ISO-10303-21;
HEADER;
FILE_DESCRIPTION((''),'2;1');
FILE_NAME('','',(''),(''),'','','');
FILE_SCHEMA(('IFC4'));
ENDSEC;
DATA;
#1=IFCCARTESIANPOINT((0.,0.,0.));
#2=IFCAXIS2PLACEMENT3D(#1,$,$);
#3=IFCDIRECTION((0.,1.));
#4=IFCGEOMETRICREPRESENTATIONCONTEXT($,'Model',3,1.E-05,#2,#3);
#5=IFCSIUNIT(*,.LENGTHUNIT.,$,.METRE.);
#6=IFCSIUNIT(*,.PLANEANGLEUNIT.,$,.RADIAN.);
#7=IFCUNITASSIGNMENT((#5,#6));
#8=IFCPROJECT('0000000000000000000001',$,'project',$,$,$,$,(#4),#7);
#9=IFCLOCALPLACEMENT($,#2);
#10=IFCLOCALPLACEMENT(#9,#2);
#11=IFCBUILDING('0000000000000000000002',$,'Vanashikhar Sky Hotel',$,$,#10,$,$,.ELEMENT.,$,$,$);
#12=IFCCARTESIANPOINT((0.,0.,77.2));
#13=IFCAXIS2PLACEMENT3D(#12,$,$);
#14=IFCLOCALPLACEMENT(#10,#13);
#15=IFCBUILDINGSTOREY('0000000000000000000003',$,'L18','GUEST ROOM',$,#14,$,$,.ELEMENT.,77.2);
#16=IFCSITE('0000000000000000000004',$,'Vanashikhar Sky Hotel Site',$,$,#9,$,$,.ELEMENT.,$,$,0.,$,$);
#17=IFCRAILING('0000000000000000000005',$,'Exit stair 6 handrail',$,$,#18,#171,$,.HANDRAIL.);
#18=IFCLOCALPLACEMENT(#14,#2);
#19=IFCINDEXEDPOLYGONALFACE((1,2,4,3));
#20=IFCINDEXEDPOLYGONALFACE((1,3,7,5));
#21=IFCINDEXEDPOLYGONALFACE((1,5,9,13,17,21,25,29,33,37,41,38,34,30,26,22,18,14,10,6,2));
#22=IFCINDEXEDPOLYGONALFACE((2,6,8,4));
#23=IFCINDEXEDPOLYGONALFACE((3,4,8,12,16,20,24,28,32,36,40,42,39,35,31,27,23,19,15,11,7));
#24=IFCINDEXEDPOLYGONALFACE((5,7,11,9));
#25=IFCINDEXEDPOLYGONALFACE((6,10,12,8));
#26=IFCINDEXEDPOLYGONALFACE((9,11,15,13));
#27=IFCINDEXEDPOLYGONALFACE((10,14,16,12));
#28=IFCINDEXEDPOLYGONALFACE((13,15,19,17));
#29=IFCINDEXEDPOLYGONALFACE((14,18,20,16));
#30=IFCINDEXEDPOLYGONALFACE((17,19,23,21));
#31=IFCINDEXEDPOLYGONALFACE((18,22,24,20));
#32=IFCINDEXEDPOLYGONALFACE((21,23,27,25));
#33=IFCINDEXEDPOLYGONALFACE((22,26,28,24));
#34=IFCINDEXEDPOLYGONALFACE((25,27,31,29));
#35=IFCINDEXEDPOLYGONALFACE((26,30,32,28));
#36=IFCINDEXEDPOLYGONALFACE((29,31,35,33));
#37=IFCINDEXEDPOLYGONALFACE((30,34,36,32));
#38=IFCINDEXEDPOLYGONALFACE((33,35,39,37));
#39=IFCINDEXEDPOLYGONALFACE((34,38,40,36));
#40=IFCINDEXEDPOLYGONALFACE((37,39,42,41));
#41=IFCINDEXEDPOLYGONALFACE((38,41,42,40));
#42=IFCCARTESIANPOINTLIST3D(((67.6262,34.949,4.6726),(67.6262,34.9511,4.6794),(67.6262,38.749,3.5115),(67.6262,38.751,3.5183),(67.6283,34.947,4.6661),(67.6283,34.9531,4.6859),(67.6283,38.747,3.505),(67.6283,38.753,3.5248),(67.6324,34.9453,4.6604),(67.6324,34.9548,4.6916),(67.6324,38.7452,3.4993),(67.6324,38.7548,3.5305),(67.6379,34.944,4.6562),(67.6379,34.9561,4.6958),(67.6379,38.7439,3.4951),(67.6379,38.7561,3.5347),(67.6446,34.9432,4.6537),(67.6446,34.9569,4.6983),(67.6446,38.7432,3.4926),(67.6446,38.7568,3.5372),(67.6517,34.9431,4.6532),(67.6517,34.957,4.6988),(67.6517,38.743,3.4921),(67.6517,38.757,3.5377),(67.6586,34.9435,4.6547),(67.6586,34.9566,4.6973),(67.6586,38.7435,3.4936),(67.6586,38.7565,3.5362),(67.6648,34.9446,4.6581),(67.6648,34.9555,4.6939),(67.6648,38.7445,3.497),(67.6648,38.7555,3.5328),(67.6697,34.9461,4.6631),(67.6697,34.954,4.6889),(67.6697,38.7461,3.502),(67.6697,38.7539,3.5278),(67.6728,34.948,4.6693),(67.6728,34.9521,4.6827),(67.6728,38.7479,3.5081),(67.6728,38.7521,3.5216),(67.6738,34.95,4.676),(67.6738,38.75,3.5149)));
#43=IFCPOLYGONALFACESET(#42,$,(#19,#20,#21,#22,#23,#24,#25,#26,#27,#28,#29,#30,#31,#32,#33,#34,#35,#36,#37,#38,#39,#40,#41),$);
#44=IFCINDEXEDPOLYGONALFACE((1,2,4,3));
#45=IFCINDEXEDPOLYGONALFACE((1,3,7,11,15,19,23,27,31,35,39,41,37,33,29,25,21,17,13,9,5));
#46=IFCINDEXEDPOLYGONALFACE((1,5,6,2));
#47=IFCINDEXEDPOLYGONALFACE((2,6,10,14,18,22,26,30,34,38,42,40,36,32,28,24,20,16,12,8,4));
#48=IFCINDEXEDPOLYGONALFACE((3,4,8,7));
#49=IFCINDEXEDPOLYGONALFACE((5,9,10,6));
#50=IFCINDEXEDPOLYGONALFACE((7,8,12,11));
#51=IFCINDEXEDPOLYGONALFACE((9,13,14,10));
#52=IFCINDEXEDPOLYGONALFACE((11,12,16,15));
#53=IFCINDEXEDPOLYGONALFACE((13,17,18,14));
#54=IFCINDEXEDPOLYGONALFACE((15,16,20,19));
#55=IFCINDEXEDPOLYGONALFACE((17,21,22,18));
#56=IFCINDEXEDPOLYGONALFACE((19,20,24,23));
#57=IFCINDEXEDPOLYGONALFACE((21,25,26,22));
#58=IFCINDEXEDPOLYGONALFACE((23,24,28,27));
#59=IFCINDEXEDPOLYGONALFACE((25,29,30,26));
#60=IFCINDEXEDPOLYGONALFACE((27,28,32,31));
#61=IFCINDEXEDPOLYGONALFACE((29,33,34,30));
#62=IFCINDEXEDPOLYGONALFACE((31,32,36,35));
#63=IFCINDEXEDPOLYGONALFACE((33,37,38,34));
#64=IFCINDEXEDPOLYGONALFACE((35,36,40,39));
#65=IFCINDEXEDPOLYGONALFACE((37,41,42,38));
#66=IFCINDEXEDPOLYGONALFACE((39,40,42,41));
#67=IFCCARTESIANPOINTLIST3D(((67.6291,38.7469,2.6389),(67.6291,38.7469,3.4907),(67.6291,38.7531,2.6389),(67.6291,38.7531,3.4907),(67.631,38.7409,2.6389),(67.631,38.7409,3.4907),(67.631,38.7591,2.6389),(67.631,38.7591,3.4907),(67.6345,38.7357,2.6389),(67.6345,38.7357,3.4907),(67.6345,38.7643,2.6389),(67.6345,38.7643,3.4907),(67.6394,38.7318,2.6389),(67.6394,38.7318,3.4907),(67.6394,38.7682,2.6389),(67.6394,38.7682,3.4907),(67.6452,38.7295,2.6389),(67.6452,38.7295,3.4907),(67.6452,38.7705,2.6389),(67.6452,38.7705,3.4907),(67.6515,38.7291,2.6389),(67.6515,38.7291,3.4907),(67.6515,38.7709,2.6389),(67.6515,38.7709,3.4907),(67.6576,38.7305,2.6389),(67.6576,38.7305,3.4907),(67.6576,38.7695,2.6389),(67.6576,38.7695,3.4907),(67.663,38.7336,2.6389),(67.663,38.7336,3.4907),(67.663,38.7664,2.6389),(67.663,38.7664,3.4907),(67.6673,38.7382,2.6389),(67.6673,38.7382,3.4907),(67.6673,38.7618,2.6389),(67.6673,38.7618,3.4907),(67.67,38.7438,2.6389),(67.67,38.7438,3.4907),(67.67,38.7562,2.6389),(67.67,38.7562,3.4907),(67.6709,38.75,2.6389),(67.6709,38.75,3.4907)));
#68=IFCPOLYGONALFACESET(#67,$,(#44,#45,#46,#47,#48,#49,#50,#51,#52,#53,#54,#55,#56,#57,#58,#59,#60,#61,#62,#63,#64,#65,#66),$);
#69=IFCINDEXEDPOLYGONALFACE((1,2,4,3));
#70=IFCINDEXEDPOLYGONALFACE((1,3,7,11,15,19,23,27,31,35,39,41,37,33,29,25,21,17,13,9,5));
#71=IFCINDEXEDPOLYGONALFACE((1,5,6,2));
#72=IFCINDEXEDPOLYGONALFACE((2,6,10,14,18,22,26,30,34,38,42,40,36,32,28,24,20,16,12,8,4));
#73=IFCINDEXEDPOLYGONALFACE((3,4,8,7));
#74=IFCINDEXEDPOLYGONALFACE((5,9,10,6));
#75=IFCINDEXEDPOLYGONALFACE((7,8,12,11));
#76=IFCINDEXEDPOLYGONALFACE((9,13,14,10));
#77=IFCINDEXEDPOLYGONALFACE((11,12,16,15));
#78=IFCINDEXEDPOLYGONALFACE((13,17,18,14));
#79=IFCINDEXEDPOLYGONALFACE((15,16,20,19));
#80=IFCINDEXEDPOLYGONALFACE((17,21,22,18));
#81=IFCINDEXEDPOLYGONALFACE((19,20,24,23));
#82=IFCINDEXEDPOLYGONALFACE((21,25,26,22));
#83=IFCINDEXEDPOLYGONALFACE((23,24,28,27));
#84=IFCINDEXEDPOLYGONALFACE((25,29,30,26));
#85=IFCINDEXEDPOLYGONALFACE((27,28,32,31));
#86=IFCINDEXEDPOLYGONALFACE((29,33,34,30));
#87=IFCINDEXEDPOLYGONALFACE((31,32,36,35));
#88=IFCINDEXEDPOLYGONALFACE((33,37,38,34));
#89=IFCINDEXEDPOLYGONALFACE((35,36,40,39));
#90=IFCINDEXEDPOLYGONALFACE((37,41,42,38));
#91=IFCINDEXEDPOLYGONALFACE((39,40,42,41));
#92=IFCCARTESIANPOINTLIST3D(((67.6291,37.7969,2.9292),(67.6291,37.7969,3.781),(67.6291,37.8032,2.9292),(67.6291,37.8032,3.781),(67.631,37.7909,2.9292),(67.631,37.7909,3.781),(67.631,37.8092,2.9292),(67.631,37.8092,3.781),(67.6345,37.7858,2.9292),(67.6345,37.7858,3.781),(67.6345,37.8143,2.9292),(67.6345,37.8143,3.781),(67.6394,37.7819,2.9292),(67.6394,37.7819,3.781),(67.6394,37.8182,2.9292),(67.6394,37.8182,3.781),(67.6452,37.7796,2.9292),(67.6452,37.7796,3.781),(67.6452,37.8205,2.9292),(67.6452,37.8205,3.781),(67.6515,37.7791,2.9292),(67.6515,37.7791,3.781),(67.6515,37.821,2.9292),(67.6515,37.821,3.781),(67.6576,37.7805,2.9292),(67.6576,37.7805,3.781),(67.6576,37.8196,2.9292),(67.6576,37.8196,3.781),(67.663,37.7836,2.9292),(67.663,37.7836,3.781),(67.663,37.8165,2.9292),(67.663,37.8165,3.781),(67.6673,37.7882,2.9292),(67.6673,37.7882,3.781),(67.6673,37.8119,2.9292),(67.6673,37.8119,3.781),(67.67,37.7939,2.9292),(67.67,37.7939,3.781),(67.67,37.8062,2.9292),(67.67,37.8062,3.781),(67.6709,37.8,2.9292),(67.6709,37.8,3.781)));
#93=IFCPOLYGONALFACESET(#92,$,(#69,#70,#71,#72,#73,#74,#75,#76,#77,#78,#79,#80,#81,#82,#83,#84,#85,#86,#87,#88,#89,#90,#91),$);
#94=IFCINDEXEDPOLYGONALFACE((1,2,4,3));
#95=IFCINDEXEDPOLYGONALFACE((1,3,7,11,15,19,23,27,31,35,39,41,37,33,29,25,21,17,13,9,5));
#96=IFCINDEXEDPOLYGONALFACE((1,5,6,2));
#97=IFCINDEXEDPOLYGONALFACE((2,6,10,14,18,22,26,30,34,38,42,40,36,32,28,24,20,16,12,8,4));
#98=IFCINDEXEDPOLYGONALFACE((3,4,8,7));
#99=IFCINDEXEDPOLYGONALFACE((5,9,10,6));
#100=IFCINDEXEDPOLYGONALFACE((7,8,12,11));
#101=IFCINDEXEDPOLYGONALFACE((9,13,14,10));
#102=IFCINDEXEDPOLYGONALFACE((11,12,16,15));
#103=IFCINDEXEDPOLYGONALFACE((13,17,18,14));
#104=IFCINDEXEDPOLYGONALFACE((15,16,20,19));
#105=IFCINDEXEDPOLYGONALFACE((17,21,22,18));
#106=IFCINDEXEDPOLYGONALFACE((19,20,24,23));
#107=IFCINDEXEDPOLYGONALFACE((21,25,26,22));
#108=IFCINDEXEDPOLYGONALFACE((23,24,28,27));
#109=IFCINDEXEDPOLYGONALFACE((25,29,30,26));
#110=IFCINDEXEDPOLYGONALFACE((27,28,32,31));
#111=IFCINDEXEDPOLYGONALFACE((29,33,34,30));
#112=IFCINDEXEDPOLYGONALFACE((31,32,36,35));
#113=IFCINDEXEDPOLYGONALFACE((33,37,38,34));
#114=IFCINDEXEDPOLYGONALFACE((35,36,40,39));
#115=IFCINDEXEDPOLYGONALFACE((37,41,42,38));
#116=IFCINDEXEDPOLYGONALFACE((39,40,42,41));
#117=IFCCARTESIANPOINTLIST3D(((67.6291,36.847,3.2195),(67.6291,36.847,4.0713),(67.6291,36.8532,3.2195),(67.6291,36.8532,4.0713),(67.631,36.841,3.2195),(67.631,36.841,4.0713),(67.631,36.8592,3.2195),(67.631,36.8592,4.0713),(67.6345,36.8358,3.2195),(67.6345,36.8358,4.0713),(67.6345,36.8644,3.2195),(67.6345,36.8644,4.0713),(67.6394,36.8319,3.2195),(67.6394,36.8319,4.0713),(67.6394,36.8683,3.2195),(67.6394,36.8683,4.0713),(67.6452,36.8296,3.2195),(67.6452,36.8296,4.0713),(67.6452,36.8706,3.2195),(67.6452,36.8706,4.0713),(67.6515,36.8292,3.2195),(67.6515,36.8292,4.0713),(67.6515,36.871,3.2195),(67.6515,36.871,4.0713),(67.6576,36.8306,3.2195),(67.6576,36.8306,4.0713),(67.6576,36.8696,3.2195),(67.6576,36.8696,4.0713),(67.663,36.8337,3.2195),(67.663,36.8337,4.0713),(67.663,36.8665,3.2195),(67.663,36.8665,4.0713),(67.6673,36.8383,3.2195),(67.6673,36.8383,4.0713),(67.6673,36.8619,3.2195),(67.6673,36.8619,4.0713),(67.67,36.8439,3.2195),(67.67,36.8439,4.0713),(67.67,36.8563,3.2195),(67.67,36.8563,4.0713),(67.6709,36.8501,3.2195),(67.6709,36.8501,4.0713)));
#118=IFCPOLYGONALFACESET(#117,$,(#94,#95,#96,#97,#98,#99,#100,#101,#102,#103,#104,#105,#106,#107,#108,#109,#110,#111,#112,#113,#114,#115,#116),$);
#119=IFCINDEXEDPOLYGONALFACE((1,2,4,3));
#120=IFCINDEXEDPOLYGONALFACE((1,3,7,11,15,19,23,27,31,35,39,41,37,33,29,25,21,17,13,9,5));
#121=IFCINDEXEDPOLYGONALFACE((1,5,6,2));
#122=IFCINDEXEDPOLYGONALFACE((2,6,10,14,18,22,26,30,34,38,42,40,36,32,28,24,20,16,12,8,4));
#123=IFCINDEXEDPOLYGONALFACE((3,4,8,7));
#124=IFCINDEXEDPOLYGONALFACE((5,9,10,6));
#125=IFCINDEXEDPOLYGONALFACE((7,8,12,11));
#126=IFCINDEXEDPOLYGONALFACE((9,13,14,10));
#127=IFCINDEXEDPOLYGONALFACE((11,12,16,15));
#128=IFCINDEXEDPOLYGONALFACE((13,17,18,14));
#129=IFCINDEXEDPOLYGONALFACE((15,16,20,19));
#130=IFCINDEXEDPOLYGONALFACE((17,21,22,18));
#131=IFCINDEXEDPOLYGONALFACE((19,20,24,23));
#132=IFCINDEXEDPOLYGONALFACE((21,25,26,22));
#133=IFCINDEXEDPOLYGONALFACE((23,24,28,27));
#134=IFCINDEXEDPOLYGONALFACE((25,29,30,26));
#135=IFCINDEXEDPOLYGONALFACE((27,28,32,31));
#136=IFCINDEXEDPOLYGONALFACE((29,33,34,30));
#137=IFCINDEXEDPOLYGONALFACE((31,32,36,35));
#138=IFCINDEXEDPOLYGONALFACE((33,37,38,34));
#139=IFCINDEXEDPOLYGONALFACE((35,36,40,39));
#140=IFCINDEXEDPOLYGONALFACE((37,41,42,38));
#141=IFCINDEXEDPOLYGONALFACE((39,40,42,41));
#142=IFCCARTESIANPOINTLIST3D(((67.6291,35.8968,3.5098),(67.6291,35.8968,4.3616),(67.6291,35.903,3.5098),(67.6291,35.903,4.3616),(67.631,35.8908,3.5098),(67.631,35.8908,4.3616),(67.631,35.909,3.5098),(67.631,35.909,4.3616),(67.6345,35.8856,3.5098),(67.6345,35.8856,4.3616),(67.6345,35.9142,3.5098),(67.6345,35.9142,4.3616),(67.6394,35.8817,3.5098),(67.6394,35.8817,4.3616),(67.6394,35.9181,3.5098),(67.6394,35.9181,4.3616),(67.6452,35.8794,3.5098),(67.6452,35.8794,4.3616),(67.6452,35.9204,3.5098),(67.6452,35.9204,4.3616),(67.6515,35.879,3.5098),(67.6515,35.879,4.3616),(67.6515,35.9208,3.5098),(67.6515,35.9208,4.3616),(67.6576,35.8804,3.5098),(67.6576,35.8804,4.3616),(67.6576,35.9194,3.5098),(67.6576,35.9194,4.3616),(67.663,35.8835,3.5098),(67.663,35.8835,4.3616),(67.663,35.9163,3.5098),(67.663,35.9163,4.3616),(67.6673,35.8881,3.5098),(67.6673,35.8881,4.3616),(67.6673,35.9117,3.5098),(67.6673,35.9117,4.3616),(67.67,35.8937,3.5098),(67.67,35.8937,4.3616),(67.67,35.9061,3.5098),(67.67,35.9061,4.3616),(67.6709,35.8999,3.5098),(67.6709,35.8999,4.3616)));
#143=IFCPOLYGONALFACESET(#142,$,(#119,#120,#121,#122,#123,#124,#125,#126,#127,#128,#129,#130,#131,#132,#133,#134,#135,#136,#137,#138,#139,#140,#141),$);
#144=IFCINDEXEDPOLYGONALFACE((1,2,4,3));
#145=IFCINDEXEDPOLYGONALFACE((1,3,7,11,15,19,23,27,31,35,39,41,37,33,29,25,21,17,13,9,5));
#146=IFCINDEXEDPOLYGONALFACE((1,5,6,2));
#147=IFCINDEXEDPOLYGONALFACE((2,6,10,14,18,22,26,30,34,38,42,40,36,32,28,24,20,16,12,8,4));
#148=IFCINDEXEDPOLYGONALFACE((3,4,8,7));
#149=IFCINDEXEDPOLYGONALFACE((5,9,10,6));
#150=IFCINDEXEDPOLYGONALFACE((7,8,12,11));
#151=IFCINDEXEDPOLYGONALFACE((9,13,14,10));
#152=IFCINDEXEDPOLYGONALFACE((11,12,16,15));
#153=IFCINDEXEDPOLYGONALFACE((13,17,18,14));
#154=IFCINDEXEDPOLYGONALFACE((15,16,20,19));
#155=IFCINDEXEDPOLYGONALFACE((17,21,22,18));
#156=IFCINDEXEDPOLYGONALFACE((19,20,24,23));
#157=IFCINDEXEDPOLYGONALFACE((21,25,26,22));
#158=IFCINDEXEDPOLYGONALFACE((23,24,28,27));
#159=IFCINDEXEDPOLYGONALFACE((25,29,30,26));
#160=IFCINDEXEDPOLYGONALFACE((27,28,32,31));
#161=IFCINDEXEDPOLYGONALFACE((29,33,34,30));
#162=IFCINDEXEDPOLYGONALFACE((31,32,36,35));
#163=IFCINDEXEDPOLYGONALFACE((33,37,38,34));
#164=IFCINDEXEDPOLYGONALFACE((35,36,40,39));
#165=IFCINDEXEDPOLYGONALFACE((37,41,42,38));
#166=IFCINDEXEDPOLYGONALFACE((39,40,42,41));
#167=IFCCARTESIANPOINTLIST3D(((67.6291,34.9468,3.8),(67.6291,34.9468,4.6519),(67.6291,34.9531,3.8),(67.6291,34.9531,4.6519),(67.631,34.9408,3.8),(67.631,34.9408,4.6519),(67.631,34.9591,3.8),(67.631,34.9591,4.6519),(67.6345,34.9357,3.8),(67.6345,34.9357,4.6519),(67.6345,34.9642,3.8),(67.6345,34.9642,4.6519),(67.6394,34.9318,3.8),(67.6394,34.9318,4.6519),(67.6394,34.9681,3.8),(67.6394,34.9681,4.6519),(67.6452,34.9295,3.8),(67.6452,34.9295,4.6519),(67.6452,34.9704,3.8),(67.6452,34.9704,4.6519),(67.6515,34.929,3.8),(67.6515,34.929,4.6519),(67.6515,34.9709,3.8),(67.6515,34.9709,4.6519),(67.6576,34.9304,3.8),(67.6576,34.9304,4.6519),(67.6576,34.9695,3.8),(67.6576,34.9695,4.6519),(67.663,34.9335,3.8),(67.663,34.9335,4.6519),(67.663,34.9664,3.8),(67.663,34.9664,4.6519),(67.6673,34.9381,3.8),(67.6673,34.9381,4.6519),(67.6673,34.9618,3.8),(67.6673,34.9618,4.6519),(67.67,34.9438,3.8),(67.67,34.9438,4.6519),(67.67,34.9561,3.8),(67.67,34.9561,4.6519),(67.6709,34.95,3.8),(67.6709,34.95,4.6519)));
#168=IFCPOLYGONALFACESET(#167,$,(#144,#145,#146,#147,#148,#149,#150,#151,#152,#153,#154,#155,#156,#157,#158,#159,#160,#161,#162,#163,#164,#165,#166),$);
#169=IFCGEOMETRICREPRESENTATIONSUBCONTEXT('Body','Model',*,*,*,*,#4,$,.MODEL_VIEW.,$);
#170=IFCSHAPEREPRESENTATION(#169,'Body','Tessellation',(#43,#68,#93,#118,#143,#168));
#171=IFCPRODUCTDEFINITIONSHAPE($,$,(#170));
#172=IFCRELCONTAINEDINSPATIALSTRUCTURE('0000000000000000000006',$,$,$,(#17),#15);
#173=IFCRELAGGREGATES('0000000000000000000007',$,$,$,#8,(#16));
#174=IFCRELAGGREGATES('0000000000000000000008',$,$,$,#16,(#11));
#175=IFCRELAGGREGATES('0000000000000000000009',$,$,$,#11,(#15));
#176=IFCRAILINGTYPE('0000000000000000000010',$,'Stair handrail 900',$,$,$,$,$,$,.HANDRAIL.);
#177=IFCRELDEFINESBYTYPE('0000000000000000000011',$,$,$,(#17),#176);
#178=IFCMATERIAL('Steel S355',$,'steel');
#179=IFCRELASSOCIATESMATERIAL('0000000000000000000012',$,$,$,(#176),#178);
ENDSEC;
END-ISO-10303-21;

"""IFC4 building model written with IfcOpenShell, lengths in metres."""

from ifc_helpers import new_model, si_unit, direction, frame, origin, origin_2d, place, context, subcontext, project, spatial, circle, extrude, source, transform, mapped, material, type_object, element, save


model = new_model("IFC4")

# Units and contexts
model_context = context("Model", 3, precision=1e-05, world=origin(), true_north=direction((0.0, 1.0)))
body_context = subcontext(model_context, "Body", "Model", "MODEL_VIEW")
ifc_project = project(units=[si_unit("LENGTHUNIT", "METRE"), si_unit("PLANEANGLEUNIT", "RADIAN")], contexts=[model_context])

# Site, building, storey
site_placement = place(None, origin())
site = spatial("IfcSite", under=ifc_project, at=site_placement, Name="Vanashikhar Sky Hotel Site", CompositionType="ELEMENT", RefElevation=0.0)
building_placement = place(site_placement, origin())
building = spatial("IfcBuilding", under=site, at=building_placement, Name="Vanashikhar Sky Hotel", CompositionType="ELEMENT")
storey_placement = place(building_placement, frame((0.0, 0.0, 77.2)))
storey = spatial("IfcBuildingStorey", under=building, at=storey_placement, Name="L18", Description="GUEST ROOM", CompositionType="ELEMENT", Elevation=77.2)

# Railing
ifc_material_1 = material(Name="Steel S355", Category="steel")
railing_type_1 = type_object("IfcRailingType", Name="Stair handrail 900", PredefinedType="HANDRAIL", material=ifc_material_1)
shared_shape_1 = source(origin(), body_context, "Body", "SweptSolid", [
    extrude(circle(Radius=0.0239, at=origin_2d()), frame((0.0, 0.0, 0.876), z_axis=(0.0, -0.956351, 0.29222), x_axis=(1.0, 0.0, 0.0)), (0.0, 0.0, 1.0), 3.9734),
    extrude(circle(Radius=0.021, at=origin_2d()), origin(), (0.0, 0.0, 1.0), 0.8518),
    extrude(circle(Radius=0.021, at=origin_2d()), frame((0.0, -0.95, 0.2903)), (0.0, 0.0, 1.0), 0.8518),
    extrude(circle(Radius=0.021, at=origin_2d()), frame((0.0, -1.8999, 0.5806)), (0.0, 0.0, 1.0), 0.8518),
    extrude(circle(Radius=0.021, at=origin_2d()), frame((0.0, -2.8501, 0.8708)), (0.0, 0.0, 1.0), 0.8518),
    extrude(circle(Radius=0.021, at=origin_2d()), frame((0.0, -3.8, 1.1611)), (0.0, 0.0, 1.0), 0.8518),
])
for number, where, name in (
    (1, (67.6499, 38.75, 2.6389), "Exit stair 6 handrail"),
):
    element("IfcRailing", number, at=place(storey_placement, frame(where)), inside=storey, type_object=railing_type_1, Name=name, PredefinedType="HANDRAIL", context=body_context, shape_type="MappedRepresentation", body=[
        mapped(shared_shape_1, transform((0.0, 0.0, 0.0), scale=1.0)),
    ])

save(model, "model.ifc")
